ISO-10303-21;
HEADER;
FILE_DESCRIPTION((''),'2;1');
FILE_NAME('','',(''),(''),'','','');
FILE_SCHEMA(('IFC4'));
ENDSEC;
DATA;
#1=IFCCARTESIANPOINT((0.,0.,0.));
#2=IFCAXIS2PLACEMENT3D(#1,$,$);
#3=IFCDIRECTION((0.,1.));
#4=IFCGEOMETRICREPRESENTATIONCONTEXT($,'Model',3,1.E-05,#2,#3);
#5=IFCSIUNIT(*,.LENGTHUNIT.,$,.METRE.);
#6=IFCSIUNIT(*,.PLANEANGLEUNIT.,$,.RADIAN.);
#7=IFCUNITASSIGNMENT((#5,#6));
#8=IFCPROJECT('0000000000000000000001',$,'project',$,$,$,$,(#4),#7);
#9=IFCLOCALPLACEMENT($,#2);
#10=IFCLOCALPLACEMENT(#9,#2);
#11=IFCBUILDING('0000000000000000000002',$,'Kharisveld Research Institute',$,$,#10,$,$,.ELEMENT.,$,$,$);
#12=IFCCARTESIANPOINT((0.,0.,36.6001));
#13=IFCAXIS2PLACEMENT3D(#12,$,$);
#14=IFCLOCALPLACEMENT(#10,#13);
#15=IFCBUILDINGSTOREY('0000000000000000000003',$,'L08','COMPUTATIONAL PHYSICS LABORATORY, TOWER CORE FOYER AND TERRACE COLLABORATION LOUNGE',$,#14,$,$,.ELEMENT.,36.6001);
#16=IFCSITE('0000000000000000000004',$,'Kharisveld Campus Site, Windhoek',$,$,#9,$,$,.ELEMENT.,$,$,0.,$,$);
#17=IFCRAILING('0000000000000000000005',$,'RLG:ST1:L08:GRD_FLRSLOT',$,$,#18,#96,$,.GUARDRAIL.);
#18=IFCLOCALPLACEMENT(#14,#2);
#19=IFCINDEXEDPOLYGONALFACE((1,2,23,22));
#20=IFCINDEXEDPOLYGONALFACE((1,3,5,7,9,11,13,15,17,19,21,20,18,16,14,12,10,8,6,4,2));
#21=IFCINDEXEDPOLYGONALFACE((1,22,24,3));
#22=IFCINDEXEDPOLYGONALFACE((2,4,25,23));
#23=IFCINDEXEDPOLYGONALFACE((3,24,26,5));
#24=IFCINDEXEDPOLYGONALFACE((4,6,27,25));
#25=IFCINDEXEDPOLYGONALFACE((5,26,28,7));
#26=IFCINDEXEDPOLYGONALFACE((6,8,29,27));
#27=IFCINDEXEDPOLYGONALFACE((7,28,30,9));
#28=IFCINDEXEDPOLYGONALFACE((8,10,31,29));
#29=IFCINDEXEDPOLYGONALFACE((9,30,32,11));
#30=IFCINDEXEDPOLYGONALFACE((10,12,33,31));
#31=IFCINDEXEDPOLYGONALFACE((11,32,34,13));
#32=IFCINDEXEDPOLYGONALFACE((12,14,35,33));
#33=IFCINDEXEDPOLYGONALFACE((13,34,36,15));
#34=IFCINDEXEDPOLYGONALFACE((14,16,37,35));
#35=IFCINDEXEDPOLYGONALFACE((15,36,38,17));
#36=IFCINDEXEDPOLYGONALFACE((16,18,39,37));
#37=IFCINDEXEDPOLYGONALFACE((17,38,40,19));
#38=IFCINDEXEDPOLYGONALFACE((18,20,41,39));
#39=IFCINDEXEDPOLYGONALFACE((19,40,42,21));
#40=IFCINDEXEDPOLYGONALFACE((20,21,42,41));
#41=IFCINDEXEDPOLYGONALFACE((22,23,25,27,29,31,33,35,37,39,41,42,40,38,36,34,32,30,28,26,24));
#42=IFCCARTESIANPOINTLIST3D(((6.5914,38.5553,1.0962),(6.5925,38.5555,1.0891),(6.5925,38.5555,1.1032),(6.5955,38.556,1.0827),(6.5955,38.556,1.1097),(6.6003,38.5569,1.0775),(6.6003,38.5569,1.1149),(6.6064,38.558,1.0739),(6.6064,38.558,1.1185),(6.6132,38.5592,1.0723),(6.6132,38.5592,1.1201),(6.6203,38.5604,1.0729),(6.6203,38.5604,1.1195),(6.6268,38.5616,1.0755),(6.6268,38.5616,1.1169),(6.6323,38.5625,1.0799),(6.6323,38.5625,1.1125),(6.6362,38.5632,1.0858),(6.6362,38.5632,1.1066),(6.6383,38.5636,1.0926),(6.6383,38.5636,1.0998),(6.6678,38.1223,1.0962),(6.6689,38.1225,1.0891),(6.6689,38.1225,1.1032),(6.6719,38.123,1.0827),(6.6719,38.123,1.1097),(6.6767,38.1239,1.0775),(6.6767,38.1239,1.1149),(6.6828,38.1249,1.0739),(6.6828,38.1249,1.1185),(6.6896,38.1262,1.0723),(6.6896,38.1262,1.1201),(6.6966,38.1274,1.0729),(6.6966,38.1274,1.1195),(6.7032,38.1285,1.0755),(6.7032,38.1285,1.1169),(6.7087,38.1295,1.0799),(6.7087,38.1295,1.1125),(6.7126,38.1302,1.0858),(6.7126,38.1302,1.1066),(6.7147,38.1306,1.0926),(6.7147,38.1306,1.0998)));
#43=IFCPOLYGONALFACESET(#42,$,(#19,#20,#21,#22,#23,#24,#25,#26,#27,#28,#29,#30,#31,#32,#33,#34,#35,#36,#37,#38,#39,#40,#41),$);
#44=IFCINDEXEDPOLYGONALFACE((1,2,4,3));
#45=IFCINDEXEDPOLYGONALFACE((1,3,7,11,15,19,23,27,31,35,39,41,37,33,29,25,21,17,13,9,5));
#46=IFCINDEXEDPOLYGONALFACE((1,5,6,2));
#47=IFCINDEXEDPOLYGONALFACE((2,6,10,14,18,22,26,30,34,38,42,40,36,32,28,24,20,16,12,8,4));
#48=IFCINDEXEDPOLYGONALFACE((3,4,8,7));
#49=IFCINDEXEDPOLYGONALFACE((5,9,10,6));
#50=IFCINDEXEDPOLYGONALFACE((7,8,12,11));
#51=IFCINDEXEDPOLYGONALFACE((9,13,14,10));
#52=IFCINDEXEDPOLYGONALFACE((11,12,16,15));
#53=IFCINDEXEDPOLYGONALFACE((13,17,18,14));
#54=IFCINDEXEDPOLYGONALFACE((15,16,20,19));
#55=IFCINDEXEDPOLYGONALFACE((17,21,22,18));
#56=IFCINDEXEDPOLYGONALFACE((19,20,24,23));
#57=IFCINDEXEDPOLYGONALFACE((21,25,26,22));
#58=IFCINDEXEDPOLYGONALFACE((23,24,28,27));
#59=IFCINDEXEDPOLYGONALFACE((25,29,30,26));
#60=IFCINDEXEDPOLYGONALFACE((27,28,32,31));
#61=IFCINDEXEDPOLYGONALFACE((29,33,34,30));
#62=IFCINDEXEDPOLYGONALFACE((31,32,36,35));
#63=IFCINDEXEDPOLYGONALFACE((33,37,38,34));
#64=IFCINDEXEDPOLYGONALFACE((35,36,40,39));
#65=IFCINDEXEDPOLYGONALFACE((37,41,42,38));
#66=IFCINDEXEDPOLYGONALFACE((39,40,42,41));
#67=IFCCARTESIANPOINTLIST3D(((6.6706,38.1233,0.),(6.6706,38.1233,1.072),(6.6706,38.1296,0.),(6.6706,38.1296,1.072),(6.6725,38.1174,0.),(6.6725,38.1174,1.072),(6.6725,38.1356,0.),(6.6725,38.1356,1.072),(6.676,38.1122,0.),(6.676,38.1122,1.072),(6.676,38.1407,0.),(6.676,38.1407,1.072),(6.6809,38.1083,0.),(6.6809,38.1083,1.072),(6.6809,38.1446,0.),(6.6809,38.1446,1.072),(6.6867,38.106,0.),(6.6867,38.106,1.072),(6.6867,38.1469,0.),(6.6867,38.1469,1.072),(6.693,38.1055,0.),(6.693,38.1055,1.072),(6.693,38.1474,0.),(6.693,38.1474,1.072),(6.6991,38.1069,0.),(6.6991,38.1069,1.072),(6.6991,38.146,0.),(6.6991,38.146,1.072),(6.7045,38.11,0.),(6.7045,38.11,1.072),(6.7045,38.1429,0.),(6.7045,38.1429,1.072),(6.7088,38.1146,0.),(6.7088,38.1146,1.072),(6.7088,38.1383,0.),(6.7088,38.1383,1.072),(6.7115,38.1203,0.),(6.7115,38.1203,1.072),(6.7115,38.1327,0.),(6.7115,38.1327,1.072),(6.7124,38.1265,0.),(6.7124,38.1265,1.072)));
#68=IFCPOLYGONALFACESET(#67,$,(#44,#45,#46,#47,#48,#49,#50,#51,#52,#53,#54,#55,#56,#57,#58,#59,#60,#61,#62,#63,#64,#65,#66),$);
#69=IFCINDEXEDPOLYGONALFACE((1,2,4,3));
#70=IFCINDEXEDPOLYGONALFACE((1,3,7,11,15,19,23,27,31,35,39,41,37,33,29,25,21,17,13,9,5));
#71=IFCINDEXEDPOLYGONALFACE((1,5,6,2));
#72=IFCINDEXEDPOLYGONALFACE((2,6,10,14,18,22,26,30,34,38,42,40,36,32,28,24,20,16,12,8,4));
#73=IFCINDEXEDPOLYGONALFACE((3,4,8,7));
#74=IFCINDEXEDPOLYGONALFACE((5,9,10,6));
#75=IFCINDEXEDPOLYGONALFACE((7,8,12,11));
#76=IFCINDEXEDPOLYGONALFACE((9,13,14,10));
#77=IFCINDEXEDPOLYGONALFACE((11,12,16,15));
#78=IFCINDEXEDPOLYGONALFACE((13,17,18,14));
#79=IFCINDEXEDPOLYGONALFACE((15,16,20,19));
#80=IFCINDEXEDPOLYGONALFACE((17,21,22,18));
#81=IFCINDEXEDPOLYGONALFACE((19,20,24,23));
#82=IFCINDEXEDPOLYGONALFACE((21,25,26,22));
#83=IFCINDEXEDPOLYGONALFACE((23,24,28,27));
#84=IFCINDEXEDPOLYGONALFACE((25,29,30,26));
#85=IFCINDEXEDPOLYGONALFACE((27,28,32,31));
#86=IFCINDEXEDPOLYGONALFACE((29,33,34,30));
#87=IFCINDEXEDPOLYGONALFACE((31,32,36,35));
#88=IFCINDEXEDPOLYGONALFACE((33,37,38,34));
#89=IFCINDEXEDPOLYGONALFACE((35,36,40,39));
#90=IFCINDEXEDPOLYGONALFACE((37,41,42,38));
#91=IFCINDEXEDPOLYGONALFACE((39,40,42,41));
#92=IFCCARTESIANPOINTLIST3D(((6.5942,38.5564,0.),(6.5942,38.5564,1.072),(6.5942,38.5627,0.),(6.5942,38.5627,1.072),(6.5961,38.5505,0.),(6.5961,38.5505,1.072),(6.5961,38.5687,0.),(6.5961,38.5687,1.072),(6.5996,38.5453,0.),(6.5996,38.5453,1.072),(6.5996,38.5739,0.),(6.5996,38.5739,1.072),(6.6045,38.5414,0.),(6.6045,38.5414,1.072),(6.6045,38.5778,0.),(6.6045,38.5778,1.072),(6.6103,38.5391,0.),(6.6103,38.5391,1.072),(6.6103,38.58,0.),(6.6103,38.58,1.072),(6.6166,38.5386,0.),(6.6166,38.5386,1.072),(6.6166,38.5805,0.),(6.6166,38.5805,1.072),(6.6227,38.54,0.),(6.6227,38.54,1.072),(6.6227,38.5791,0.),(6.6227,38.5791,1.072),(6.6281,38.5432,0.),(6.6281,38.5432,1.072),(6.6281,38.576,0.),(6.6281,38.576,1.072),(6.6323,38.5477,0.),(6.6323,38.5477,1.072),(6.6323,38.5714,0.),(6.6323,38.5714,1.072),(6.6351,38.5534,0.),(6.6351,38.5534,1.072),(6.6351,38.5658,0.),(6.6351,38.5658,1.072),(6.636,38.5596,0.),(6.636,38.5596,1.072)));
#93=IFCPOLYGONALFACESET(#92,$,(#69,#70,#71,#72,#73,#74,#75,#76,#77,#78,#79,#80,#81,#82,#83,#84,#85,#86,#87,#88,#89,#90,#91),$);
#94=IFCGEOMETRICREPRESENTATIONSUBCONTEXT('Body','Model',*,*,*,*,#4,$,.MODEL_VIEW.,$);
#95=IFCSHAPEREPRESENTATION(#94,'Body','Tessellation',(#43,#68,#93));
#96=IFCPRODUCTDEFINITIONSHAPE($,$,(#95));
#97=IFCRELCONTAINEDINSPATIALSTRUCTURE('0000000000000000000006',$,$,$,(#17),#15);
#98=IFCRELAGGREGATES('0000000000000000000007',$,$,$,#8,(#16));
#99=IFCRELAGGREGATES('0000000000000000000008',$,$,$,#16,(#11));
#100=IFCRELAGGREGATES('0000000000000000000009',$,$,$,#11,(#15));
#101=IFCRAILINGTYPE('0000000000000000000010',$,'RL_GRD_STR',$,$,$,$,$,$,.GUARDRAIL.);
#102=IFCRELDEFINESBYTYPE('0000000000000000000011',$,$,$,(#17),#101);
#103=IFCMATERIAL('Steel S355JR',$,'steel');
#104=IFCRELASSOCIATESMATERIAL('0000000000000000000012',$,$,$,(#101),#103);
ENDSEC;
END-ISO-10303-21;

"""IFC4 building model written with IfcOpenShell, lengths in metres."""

from ifc_helpers import new_model, si_unit, direction, frame, origin, origin_2d, place, context, subcontext, project, spatial, circle, extrude, material, type_object, element, save


model = new_model("IFC4")

# Units and contexts
model_context = context("Model", 3, precision=1e-05, world=origin(), true_north=direction((0.0, 1.0)))
body_context = subcontext(model_context, "Body", "Model", "MODEL_VIEW")
ifc_project = project(units=[si_unit("LENGTHUNIT", "METRE"), si_unit("PLANEANGLEUNIT", "RADIAN")], contexts=[model_context])

# Site, building, storey
site_placement = place(None, origin())
site = spatial("IfcSite", under=ifc_project, at=site_placement, Name="Kharisveld Campus Site, Windhoek", CompositionType="ELEMENT", RefElevation=0.0)
building_placement = place(site_placement, origin())
building = spatial("IfcBuilding", under=site, at=building_placement, Name="Kharisveld Research Institute", CompositionType="ELEMENT")
storey_placement = place(building_placement, frame((0.0, 0.0, 36.6001)))
storey = spatial("IfcBuildingStorey", under=building, at=storey_placement, Name="L08", Description="COMPUTATIONAL PHYSICS LABORATORY, TOWER CORE FOYER AND TERRACE COLLABORATION LOUNGE", CompositionType="ELEMENT", Elevation=36.6001)

# Railing
ifc_material_1 = material(Name="Steel S355JR", Category="steel")
railing_type_1 = type_object("IfcRailingType", Name="RL_GRD_STR", PredefinedType="GUARDRAIL", material=ifc_material_1)
railing_1_placement = place(storey_placement, frame((6.6914, 38.1265, 0.0)))
element("IfcRailing", 1, at=railing_1_placement, inside=storey, type_object=railing_type_1, Name="RLG:ST1:L08:GRD_FLRSLOT", PredefinedType="GUARDRAIL", context=body_context, shape_type="SweptSolid", body=[
    extrude(circle(Radius=0.0239, at=origin_2d()), frame((0.0, 0.0, 1.0962), z_axis=(-0.173754, 0.984789, 0.0), x_axis=(-0.984789, -0.173754, 0.0)), (0.0, 0.0, 1.0), 0.4397),
    extrude(circle(Radius=0.021, at=origin_2d()), origin(), (0.0, 0.0, 1.0), 1.072),
    extrude(circle(Radius=0.021, at=origin_2d()), frame((-0.0764, 0.4331, 0.0)), (0.0, 0.0, 1.0), 1.072),
])

save(model, "model.ifc")
